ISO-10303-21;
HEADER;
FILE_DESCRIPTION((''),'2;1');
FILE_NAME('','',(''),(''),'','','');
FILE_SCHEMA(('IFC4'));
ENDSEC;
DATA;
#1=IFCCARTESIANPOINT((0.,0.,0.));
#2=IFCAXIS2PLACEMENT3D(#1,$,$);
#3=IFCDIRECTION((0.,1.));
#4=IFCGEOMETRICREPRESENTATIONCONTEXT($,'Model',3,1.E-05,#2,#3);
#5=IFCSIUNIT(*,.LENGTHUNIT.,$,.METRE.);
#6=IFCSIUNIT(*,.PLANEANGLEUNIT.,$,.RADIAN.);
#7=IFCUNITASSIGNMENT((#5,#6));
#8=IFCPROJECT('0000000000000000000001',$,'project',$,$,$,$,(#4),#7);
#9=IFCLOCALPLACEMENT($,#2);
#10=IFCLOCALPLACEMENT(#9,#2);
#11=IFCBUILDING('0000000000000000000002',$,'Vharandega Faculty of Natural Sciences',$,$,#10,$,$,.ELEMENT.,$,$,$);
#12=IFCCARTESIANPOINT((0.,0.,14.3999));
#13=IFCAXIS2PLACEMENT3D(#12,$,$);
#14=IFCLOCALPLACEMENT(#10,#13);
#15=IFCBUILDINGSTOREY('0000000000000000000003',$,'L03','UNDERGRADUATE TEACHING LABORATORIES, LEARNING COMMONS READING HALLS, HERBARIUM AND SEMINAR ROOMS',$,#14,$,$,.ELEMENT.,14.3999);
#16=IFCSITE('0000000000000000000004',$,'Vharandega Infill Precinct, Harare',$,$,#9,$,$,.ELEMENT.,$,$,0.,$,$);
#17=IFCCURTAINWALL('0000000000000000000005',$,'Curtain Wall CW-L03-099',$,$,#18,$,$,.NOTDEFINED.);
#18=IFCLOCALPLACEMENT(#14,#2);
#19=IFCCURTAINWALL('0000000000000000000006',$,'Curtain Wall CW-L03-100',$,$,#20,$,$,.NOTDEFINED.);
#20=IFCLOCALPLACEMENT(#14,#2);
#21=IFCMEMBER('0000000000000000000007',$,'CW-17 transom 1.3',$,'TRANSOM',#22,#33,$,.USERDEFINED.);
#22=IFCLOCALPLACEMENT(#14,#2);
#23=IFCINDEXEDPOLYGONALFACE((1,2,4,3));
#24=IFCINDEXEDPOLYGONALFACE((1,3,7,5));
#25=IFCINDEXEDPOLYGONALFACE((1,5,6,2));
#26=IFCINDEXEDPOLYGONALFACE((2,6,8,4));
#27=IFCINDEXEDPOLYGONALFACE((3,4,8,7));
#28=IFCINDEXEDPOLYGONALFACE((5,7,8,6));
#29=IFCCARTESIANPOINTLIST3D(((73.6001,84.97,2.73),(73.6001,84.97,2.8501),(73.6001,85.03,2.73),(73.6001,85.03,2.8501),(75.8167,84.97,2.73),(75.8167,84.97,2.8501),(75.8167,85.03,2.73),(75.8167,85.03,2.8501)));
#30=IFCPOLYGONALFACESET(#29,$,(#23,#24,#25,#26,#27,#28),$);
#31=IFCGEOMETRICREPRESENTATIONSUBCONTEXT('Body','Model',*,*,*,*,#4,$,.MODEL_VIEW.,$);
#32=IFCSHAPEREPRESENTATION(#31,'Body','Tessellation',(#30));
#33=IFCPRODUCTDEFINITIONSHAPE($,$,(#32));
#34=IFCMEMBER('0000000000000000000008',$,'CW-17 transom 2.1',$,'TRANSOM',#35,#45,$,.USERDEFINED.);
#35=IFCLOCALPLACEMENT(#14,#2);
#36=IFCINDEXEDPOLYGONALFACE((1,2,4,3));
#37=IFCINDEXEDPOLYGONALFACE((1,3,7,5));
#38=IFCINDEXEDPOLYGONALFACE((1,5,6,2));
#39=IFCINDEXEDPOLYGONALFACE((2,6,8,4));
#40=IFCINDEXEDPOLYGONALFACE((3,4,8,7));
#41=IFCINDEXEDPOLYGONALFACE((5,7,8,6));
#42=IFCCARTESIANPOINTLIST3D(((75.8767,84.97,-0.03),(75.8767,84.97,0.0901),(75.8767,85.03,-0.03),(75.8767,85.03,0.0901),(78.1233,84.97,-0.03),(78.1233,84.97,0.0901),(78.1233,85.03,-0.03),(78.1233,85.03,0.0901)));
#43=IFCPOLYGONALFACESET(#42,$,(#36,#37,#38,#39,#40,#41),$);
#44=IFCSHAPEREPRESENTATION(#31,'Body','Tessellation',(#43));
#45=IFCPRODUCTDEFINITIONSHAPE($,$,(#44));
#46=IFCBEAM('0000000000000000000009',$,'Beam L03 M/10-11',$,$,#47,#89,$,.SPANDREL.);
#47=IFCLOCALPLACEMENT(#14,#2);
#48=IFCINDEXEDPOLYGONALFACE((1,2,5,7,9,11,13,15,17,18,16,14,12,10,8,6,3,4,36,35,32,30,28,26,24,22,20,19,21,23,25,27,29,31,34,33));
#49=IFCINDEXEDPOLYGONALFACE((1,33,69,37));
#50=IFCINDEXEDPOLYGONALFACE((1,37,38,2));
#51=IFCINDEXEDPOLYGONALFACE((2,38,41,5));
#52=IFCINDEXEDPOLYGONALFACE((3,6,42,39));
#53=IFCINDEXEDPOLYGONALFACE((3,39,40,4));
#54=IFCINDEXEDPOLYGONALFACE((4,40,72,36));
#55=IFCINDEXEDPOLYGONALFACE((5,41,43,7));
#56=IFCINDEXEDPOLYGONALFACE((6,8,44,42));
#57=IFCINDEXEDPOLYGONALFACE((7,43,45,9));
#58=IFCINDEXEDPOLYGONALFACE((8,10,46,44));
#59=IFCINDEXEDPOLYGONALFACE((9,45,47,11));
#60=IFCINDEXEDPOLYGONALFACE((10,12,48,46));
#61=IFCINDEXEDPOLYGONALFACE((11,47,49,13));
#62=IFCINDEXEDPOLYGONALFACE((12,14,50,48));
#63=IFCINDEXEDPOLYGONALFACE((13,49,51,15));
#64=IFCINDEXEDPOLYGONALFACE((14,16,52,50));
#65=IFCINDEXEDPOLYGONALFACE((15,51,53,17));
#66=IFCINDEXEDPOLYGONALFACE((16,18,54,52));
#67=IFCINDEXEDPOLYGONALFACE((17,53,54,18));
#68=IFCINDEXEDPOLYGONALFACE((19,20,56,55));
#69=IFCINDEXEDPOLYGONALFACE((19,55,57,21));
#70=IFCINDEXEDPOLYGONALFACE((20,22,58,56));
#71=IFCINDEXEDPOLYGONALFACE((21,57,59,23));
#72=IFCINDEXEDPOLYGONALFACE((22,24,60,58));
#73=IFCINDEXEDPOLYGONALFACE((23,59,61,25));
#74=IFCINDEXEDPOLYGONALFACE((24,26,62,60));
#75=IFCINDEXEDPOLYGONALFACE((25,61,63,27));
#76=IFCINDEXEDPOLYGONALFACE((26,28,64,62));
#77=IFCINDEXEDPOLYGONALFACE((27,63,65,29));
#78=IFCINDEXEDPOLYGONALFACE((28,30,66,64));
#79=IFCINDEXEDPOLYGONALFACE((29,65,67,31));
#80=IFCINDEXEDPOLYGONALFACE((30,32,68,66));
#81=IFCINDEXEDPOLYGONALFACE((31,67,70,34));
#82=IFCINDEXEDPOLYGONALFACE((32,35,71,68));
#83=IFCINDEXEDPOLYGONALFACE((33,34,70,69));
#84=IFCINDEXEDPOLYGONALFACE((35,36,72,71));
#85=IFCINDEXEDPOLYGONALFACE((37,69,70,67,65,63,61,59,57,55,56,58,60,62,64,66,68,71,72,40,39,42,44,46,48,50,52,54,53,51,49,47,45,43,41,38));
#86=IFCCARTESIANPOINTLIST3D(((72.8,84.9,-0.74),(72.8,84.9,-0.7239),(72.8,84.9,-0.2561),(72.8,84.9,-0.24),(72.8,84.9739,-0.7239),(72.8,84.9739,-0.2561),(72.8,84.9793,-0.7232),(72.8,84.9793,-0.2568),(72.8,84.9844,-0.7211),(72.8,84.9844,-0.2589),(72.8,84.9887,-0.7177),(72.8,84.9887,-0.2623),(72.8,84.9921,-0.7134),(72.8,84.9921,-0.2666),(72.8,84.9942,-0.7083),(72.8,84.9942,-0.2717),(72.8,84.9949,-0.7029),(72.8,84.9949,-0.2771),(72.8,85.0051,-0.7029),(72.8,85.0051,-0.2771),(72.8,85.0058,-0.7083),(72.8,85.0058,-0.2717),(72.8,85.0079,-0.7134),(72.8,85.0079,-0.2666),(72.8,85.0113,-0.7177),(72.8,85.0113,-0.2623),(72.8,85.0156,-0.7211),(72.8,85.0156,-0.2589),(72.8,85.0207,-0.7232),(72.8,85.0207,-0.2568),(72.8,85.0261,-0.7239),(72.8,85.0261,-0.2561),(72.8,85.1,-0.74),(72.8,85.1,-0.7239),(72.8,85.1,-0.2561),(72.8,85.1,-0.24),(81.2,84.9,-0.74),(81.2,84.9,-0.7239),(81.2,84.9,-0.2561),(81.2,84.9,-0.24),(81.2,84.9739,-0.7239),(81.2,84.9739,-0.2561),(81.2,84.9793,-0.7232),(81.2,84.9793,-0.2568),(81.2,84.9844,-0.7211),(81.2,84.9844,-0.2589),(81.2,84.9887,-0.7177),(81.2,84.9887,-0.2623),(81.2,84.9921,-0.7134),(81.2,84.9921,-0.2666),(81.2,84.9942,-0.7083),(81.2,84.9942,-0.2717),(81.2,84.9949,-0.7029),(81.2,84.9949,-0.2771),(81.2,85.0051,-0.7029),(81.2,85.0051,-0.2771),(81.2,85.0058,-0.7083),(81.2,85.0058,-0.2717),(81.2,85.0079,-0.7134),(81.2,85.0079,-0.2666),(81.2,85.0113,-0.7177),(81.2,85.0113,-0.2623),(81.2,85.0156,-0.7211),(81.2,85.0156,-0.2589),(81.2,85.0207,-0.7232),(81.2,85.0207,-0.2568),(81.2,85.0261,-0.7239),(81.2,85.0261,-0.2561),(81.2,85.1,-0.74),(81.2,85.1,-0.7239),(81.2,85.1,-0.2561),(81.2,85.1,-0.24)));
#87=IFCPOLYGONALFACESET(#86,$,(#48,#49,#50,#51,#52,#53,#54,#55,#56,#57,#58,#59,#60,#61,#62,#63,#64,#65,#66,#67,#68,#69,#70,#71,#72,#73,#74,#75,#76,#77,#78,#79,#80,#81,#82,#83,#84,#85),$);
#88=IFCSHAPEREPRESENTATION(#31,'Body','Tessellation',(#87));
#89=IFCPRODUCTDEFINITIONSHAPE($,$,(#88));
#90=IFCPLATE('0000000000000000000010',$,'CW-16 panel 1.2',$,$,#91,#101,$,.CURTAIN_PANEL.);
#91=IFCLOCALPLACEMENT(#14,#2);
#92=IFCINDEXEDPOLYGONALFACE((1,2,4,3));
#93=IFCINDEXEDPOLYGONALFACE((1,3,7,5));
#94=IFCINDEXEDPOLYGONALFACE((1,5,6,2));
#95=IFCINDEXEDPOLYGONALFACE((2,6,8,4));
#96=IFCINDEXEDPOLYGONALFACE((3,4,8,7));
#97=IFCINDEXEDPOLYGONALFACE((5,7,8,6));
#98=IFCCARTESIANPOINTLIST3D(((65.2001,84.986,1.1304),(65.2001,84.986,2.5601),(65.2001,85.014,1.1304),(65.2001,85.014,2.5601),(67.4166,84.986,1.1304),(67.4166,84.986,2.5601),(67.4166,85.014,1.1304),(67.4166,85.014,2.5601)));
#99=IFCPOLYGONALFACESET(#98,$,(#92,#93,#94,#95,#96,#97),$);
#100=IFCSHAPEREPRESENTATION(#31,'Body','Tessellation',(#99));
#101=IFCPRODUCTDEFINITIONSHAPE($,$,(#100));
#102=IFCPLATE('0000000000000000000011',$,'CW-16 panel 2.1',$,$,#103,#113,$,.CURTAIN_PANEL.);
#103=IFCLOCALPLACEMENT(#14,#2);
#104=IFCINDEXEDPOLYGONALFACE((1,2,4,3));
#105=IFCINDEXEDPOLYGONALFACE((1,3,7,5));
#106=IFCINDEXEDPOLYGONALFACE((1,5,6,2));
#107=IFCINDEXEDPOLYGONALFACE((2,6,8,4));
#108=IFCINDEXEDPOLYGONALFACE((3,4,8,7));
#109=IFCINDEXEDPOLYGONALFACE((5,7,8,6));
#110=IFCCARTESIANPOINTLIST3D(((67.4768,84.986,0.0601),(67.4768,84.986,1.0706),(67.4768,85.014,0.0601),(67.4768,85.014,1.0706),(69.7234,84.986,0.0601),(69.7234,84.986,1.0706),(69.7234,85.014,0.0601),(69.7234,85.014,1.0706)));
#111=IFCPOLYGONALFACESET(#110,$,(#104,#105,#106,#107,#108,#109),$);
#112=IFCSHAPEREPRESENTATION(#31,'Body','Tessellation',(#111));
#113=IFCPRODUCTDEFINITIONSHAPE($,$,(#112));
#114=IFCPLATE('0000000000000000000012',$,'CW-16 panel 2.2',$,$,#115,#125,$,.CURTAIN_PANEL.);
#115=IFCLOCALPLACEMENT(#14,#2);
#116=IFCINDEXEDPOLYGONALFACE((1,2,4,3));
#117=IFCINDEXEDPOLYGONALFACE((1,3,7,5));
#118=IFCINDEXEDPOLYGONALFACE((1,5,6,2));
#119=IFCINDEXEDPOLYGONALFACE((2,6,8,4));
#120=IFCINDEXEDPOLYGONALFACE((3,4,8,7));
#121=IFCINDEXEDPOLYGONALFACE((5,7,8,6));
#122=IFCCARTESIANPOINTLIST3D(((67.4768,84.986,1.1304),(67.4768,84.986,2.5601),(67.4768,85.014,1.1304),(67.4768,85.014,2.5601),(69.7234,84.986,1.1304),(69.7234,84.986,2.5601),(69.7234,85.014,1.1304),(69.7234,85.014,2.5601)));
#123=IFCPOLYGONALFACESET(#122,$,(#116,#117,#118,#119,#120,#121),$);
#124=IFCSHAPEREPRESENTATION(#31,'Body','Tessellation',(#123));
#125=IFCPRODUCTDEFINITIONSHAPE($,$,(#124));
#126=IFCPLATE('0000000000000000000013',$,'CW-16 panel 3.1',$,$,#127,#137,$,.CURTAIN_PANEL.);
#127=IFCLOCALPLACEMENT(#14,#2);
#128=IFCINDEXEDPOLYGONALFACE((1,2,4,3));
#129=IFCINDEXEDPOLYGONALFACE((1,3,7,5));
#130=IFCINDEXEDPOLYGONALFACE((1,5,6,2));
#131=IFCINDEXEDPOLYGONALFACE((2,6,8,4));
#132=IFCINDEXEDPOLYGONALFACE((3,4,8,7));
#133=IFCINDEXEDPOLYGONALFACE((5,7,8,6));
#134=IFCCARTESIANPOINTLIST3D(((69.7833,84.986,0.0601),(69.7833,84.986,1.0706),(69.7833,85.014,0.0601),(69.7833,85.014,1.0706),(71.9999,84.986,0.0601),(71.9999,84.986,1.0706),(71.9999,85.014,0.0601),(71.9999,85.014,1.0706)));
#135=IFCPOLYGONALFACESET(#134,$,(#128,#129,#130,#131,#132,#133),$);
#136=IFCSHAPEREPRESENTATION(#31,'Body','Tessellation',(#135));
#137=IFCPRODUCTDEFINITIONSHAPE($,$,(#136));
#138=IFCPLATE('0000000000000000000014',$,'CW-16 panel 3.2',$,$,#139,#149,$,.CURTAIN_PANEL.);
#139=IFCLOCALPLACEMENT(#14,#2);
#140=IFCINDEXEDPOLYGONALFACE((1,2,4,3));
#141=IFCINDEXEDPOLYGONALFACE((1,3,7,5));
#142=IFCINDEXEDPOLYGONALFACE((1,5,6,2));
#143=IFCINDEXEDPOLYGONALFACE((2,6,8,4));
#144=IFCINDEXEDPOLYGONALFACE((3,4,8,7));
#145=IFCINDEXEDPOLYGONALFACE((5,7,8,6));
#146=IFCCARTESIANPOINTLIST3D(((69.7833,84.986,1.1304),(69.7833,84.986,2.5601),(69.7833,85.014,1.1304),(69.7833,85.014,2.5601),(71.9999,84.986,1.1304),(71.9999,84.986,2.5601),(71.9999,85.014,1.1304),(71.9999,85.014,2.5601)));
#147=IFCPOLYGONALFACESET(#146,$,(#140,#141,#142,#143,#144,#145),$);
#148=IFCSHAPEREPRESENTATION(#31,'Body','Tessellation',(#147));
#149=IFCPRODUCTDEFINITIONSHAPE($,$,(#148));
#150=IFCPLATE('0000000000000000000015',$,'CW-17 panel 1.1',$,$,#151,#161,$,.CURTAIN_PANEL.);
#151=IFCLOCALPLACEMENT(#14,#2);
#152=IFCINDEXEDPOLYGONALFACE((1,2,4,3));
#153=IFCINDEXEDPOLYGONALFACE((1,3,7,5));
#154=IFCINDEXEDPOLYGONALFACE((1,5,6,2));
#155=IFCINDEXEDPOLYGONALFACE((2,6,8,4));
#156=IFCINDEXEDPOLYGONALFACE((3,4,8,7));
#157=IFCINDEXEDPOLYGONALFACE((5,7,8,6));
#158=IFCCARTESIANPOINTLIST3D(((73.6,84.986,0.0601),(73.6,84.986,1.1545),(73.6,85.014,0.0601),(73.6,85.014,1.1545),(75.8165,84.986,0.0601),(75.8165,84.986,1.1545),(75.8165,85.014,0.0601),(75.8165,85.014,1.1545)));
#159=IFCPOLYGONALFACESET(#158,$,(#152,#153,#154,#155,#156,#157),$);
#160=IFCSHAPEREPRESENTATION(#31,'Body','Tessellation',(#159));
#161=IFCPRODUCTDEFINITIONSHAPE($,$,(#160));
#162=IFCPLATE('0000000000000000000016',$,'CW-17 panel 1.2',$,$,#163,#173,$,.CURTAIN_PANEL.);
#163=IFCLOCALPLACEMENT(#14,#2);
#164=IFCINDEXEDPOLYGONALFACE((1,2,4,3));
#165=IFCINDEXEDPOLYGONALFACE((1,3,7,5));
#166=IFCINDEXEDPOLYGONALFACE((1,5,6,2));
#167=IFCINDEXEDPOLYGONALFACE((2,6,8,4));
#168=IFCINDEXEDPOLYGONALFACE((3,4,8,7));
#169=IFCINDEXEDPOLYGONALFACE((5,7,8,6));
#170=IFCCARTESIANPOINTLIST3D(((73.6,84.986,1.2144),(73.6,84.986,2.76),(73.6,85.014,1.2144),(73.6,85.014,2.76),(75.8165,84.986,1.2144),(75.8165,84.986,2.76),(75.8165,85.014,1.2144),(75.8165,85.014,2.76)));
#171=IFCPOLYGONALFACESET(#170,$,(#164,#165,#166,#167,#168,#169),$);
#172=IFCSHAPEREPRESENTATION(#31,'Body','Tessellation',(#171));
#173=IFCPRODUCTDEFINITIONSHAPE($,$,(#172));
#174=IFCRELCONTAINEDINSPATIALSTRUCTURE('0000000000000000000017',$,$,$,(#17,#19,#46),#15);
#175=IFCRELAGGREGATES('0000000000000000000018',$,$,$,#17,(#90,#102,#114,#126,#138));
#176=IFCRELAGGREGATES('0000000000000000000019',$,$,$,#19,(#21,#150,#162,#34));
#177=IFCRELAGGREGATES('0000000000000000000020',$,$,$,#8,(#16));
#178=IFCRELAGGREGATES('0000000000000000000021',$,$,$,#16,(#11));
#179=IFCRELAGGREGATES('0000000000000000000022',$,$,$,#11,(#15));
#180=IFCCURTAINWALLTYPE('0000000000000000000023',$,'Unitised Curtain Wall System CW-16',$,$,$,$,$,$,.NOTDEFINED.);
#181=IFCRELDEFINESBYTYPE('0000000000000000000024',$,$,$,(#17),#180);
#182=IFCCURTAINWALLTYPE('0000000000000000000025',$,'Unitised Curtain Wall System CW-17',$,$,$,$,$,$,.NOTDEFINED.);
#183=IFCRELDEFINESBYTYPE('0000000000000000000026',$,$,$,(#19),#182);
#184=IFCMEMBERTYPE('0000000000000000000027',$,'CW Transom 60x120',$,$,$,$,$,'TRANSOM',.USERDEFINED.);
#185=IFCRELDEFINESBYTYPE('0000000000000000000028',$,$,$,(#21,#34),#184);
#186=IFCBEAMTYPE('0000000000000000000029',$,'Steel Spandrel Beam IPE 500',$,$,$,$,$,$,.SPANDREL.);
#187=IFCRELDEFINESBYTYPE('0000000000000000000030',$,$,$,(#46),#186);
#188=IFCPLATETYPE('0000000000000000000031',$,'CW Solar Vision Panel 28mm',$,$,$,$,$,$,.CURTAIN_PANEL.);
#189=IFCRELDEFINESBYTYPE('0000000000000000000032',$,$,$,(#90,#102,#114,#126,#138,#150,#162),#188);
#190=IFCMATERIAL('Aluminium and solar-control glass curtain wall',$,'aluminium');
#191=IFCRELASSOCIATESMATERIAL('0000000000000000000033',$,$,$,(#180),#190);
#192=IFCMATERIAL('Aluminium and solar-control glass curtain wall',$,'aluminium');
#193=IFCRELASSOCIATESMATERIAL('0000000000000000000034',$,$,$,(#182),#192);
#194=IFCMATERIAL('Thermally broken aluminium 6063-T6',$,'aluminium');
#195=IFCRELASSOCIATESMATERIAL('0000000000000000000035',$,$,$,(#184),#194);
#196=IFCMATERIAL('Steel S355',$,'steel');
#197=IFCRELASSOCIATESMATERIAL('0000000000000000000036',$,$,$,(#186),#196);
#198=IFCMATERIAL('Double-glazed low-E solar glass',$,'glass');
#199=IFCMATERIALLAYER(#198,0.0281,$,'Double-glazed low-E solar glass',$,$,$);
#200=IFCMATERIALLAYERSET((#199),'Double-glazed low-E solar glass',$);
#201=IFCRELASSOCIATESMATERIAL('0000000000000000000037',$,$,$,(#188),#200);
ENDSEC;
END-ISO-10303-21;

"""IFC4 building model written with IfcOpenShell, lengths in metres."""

from ifc_helpers import new_model, si_unit, direction, frame, origin, origin_2d, place, context, subcontext, project, spatial, rectangle, i_section, extrude, material, layer, layer_set, material_profile, profile_set, type_object, element, aggregate, save


model = new_model("IFC4")

# Units and contexts
model_context = context("Model", 3, precision=1e-05, world=origin(), true_north=direction((0.0, 1.0)))
body_context = subcontext(model_context, "Body", "Model", "MODEL_VIEW")
ifc_project = project(units=[si_unit("LENGTHUNIT", "METRE"), si_unit("PLANEANGLEUNIT", "RADIAN")], contexts=[model_context])

# Site, building, storey
site_placement = place(None, origin())
site = spatial("IfcSite", under=ifc_project, at=site_placement, Name="Vharandega Infill Precinct, Harare", CompositionType="ELEMENT", RefElevation=0.0)
building_placement = place(site_placement, origin())
building = spatial("IfcBuilding", under=site, at=building_placement, Name="Vharandega Faculty of Natural Sciences", CompositionType="ELEMENT")
storey_placement = place(building_placement, frame((0.0, 0.0, 14.3999)))
storey = spatial("IfcBuildingStorey", under=building, at=storey_placement, Name="L03", Description="UNDERGRADUATE TEACHING LABORATORIES, LEARNING COMMONS READING HALLS, HERBARIUM AND SEMINAR ROOMS", CompositionType="ELEMENT", Elevation=14.3999)

# Curtain walls
ifc_material_1 = material(Name="Aluminium and solar-control glass curtain wall", Category="aluminium")
curtain_wall_type_1 = type_object("IfcCurtainWallType", Name="Unitised Curtain Wall System CW-16", PredefinedType="NOTDEFINED", material=ifc_material_1)
curtain_wall_1_placement = place(storey_placement, origin())
curtain_wall_1 = element("IfcCurtainWall", 1, at=curtain_wall_1_placement, inside=storey, type_object=curtain_wall_type_1, Name="Curtain Wall CW-L03-099", PredefinedType="NOTDEFINED")
ifc_material_2 = material(Name="Aluminium and solar-control glass curtain wall", Category="aluminium")
curtain_wall_type_2 = type_object("IfcCurtainWallType", Name="Unitised Curtain Wall System CW-17", PredefinedType="NOTDEFINED", material=ifc_material_2)
curtain_wall_2_placement = place(storey_placement, origin())
curtain_wall_2 = element("IfcCurtainWall", 2, at=curtain_wall_2_placement, inside=storey, type_object=curtain_wall_type_2, Name="Curtain Wall CW-L03-100", PredefinedType="NOTDEFINED")

# Members
ifc_material_3 = material(Name="Thermally broken aluminium 6063-T6", Category="aluminium")
ifc_material_profile_1 = material_profile(ifc_material_3, rectangle(XDim=0.0601, YDim=0.1201, at=origin_2d()), Name="ALU 60x120")
ifc_profile_set_1 = profile_set([ifc_material_profile_1], Name="Thermally broken aluminium 6063-T6")
member_type_1 = type_object("IfcMemberType", Name="CW Transom 60x120", ElementType="TRANSOM", PredefinedType="USERDEFINED", material=ifc_profile_set_1)
member_1_placement = place(storey_placement, frame((73.6001, 85.0, 2.79), z_axis=(1.0, 0.0, 0.0), x_axis=(0.0, 1.0, 0.0)))
member_1 = element("IfcMember", 3, at=member_1_placement, type_object=member_type_1, Name="CW-17 transom 1.3", ObjectType="TRANSOM", PredefinedType="USERDEFINED", context=body_context, shape_type="SweptSolid", body=[
    extrude(rectangle(XDim=0.0601, YDim=0.1201, at=origin_2d()), origin(), (0.0, 0.0, 1.0), 2.2166),
])
member_2_placement = place(storey_placement, frame((75.8767, 85.0, 0.03), z_axis=(1.0, 0.0, 0.0), x_axis=(0.0, 1.0, 0.0)))
member_2 = element("IfcMember", 4, at=member_2_placement, type_object=member_type_1, Name="CW-17 transom 2.1", ObjectType="TRANSOM", PredefinedType="USERDEFINED", context=body_context, shape_type="SweptSolid", body=[
    extrude(rectangle(XDim=0.0601, YDim=0.1201, at=origin_2d()), origin(), (0.0, 0.0, 1.0), 2.2466),
])

# Beam
ifc_material_4 = material(Name="Steel S355", Category="steel")
ifc_material_profile_2 = material_profile(ifc_material_4, i_section(OverallWidth=0.2, OverallDepth=0.5, WebThickness=0.0103, FlangeThickness=0.0161, FilletRadius=0.021, at=origin_2d()), Name="IPE 500")
ifc_profile_set_2 = profile_set([ifc_material_profile_2], Name="Steel S355")
beam_type = type_object("IfcBeamType", Name="Steel Spandrel Beam IPE 500", PredefinedType="SPANDREL", material=ifc_profile_set_2)
beam_placement = place(storey_placement, frame((72.8, 85.0, -0.49), z_axis=(1.0, 0.0, 0.0), x_axis=(0.0, 1.0, 0.0)))
element("IfcBeam", 5, at=beam_placement, inside=storey, type_object=beam_type, Name="Beam L03 M/10-11", PredefinedType="SPANDREL", context=body_context, shape_type="SweptSolid", body=[
    extrude(i_section(OverallWidth=0.2, OverallDepth=0.5, WebThickness=0.0103, FlangeThickness=0.0161, FilletRadius=0.021, at=origin_2d()), origin(), (0.0, 0.0, 1.0), 8.3999),
])

# Plates
ifc_material_5 = material(Name="Double-glazed low-E solar glass", Category="glass")
ifc_layer = layer(ifc_material_5, 0.0281, Name="Double-glazed low-E solar glass")
ifc_layer_set = layer_set([ifc_layer], Name="Double-glazed low-E solar glass")
plate_type = type_object("IfcPlateType", Name="CW Solar Vision Panel 28mm", PredefinedType="CURTAIN_PANEL", material=ifc_layer_set)
plate_1_placement = place(storey_placement, frame((66.3083, 85.0, 1.1304), z_axis=(0.0, 0.0, 1.0), x_axis=(1.0, 0.0, 0.0)))
plate_1 = element("IfcPlate", 6, at=plate_1_placement, type_object=plate_type, Name="CW-16 panel 1.2", PredefinedType="CURTAIN_PANEL", context=body_context, shape_type="SweptSolid", body=[
    extrude(rectangle(XDim=2.2166, YDim=0.0281, at=origin_2d()), origin(), (0.0, 0.0, 1.0), 1.4297),
])
plate_2_placement = place(storey_placement, frame((68.6001, 85.0, 0.0601), z_axis=(0.0, 0.0, 1.0), x_axis=(1.0, 0.0, 0.0)))
plate_2 = element("IfcPlate", 7, at=plate_2_placement, type_object=plate_type, Name="CW-16 panel 2.1", PredefinedType="CURTAIN_PANEL", context=body_context, shape_type="SweptSolid", body=[
    extrude(rectangle(XDim=2.2466, YDim=0.0281, at=origin_2d()), origin(), (0.0, 0.0, 1.0), 1.0105),
])
plate_3_placement = place(storey_placement, frame((68.6001, 85.0, 1.1304), z_axis=(0.0, 0.0, 1.0), x_axis=(1.0, 0.0, 0.0)))
plate_3 = element("IfcPlate", 8, at=plate_3_placement, type_object=plate_type, Name="CW-16 panel 2.2", PredefinedType="CURTAIN_PANEL", context=body_context, shape_type="SweptSolid", body=[
    extrude(rectangle(XDim=2.2466, YDim=0.0281, at=origin_2d()), origin(), (0.0, 0.0, 1.0), 1.4297),
])
plate_4_placement = place(storey_placement, frame((70.8916, 85.0, 0.0601), z_axis=(0.0, 0.0, 1.0), x_axis=(1.0, 0.0, 0.0)))
plate_4 = element("IfcPlate", 9, at=plate_4_placement, type_object=plate_type, Name="CW-16 panel 3.1", PredefinedType="CURTAIN_PANEL", context=body_context, shape_type="SweptSolid", body=[
    extrude(rectangle(XDim=2.2166, YDim=0.0281, at=origin_2d()), origin(), (0.0, 0.0, 1.0), 1.0105),
])
plate_5_placement = place(storey_placement, frame((70.8916, 85.0, 1.1304), z_axis=(0.0, 0.0, 1.0), x_axis=(1.0, 0.0, 0.0)))
plate_5 = element("IfcPlate", 10, at=plate_5_placement, type_object=plate_type, Name="CW-16 panel 3.2", PredefinedType="CURTAIN_PANEL", context=body_context, shape_type="SweptSolid", body=[
    extrude(rectangle(XDim=2.2166, YDim=0.0281, at=origin_2d()), origin(), (0.0, 0.0, 1.0), 1.4297),
])
aggregate(curtain_wall_1, [plate_1, plate_2, plate_3, plate_4, plate_5])
plate_6_placement = place(storey_placement, frame((74.7083, 85.0, 0.0601), z_axis=(0.0, 0.0, 1.0), x_axis=(1.0, 0.0, 0.0)))
plate_6 = element("IfcPlate", 11, at=plate_6_placement, type_object=plate_type, Name="CW-17 panel 1.1", PredefinedType="CURTAIN_PANEL", context=body_context, shape_type="SweptSolid", body=[
    extrude(rectangle(XDim=2.2166, YDim=0.0281, at=origin_2d()), origin(), (0.0, 0.0, 1.0), 1.0945),
])
plate_7_placement = place(storey_placement, frame((74.7083, 85.0, 1.2144), z_axis=(0.0, 0.0, 1.0), x_axis=(1.0, 0.0, 0.0)))
plate_7 = element("IfcPlate", 12, at=plate_7_placement, type_object=plate_type, Name="CW-17 panel 1.2", PredefinedType="CURTAIN_PANEL", context=body_context, shape_type="SweptSolid", body=[
    extrude(rectangle(XDim=2.2166, YDim=0.0281, at=origin_2d()), origin(), (0.0, 0.0, 1.0), 1.5457),
])
aggregate(curtain_wall_2, [member_1, plate_6, plate_7, member_2])

save(model, "model.ifc")
